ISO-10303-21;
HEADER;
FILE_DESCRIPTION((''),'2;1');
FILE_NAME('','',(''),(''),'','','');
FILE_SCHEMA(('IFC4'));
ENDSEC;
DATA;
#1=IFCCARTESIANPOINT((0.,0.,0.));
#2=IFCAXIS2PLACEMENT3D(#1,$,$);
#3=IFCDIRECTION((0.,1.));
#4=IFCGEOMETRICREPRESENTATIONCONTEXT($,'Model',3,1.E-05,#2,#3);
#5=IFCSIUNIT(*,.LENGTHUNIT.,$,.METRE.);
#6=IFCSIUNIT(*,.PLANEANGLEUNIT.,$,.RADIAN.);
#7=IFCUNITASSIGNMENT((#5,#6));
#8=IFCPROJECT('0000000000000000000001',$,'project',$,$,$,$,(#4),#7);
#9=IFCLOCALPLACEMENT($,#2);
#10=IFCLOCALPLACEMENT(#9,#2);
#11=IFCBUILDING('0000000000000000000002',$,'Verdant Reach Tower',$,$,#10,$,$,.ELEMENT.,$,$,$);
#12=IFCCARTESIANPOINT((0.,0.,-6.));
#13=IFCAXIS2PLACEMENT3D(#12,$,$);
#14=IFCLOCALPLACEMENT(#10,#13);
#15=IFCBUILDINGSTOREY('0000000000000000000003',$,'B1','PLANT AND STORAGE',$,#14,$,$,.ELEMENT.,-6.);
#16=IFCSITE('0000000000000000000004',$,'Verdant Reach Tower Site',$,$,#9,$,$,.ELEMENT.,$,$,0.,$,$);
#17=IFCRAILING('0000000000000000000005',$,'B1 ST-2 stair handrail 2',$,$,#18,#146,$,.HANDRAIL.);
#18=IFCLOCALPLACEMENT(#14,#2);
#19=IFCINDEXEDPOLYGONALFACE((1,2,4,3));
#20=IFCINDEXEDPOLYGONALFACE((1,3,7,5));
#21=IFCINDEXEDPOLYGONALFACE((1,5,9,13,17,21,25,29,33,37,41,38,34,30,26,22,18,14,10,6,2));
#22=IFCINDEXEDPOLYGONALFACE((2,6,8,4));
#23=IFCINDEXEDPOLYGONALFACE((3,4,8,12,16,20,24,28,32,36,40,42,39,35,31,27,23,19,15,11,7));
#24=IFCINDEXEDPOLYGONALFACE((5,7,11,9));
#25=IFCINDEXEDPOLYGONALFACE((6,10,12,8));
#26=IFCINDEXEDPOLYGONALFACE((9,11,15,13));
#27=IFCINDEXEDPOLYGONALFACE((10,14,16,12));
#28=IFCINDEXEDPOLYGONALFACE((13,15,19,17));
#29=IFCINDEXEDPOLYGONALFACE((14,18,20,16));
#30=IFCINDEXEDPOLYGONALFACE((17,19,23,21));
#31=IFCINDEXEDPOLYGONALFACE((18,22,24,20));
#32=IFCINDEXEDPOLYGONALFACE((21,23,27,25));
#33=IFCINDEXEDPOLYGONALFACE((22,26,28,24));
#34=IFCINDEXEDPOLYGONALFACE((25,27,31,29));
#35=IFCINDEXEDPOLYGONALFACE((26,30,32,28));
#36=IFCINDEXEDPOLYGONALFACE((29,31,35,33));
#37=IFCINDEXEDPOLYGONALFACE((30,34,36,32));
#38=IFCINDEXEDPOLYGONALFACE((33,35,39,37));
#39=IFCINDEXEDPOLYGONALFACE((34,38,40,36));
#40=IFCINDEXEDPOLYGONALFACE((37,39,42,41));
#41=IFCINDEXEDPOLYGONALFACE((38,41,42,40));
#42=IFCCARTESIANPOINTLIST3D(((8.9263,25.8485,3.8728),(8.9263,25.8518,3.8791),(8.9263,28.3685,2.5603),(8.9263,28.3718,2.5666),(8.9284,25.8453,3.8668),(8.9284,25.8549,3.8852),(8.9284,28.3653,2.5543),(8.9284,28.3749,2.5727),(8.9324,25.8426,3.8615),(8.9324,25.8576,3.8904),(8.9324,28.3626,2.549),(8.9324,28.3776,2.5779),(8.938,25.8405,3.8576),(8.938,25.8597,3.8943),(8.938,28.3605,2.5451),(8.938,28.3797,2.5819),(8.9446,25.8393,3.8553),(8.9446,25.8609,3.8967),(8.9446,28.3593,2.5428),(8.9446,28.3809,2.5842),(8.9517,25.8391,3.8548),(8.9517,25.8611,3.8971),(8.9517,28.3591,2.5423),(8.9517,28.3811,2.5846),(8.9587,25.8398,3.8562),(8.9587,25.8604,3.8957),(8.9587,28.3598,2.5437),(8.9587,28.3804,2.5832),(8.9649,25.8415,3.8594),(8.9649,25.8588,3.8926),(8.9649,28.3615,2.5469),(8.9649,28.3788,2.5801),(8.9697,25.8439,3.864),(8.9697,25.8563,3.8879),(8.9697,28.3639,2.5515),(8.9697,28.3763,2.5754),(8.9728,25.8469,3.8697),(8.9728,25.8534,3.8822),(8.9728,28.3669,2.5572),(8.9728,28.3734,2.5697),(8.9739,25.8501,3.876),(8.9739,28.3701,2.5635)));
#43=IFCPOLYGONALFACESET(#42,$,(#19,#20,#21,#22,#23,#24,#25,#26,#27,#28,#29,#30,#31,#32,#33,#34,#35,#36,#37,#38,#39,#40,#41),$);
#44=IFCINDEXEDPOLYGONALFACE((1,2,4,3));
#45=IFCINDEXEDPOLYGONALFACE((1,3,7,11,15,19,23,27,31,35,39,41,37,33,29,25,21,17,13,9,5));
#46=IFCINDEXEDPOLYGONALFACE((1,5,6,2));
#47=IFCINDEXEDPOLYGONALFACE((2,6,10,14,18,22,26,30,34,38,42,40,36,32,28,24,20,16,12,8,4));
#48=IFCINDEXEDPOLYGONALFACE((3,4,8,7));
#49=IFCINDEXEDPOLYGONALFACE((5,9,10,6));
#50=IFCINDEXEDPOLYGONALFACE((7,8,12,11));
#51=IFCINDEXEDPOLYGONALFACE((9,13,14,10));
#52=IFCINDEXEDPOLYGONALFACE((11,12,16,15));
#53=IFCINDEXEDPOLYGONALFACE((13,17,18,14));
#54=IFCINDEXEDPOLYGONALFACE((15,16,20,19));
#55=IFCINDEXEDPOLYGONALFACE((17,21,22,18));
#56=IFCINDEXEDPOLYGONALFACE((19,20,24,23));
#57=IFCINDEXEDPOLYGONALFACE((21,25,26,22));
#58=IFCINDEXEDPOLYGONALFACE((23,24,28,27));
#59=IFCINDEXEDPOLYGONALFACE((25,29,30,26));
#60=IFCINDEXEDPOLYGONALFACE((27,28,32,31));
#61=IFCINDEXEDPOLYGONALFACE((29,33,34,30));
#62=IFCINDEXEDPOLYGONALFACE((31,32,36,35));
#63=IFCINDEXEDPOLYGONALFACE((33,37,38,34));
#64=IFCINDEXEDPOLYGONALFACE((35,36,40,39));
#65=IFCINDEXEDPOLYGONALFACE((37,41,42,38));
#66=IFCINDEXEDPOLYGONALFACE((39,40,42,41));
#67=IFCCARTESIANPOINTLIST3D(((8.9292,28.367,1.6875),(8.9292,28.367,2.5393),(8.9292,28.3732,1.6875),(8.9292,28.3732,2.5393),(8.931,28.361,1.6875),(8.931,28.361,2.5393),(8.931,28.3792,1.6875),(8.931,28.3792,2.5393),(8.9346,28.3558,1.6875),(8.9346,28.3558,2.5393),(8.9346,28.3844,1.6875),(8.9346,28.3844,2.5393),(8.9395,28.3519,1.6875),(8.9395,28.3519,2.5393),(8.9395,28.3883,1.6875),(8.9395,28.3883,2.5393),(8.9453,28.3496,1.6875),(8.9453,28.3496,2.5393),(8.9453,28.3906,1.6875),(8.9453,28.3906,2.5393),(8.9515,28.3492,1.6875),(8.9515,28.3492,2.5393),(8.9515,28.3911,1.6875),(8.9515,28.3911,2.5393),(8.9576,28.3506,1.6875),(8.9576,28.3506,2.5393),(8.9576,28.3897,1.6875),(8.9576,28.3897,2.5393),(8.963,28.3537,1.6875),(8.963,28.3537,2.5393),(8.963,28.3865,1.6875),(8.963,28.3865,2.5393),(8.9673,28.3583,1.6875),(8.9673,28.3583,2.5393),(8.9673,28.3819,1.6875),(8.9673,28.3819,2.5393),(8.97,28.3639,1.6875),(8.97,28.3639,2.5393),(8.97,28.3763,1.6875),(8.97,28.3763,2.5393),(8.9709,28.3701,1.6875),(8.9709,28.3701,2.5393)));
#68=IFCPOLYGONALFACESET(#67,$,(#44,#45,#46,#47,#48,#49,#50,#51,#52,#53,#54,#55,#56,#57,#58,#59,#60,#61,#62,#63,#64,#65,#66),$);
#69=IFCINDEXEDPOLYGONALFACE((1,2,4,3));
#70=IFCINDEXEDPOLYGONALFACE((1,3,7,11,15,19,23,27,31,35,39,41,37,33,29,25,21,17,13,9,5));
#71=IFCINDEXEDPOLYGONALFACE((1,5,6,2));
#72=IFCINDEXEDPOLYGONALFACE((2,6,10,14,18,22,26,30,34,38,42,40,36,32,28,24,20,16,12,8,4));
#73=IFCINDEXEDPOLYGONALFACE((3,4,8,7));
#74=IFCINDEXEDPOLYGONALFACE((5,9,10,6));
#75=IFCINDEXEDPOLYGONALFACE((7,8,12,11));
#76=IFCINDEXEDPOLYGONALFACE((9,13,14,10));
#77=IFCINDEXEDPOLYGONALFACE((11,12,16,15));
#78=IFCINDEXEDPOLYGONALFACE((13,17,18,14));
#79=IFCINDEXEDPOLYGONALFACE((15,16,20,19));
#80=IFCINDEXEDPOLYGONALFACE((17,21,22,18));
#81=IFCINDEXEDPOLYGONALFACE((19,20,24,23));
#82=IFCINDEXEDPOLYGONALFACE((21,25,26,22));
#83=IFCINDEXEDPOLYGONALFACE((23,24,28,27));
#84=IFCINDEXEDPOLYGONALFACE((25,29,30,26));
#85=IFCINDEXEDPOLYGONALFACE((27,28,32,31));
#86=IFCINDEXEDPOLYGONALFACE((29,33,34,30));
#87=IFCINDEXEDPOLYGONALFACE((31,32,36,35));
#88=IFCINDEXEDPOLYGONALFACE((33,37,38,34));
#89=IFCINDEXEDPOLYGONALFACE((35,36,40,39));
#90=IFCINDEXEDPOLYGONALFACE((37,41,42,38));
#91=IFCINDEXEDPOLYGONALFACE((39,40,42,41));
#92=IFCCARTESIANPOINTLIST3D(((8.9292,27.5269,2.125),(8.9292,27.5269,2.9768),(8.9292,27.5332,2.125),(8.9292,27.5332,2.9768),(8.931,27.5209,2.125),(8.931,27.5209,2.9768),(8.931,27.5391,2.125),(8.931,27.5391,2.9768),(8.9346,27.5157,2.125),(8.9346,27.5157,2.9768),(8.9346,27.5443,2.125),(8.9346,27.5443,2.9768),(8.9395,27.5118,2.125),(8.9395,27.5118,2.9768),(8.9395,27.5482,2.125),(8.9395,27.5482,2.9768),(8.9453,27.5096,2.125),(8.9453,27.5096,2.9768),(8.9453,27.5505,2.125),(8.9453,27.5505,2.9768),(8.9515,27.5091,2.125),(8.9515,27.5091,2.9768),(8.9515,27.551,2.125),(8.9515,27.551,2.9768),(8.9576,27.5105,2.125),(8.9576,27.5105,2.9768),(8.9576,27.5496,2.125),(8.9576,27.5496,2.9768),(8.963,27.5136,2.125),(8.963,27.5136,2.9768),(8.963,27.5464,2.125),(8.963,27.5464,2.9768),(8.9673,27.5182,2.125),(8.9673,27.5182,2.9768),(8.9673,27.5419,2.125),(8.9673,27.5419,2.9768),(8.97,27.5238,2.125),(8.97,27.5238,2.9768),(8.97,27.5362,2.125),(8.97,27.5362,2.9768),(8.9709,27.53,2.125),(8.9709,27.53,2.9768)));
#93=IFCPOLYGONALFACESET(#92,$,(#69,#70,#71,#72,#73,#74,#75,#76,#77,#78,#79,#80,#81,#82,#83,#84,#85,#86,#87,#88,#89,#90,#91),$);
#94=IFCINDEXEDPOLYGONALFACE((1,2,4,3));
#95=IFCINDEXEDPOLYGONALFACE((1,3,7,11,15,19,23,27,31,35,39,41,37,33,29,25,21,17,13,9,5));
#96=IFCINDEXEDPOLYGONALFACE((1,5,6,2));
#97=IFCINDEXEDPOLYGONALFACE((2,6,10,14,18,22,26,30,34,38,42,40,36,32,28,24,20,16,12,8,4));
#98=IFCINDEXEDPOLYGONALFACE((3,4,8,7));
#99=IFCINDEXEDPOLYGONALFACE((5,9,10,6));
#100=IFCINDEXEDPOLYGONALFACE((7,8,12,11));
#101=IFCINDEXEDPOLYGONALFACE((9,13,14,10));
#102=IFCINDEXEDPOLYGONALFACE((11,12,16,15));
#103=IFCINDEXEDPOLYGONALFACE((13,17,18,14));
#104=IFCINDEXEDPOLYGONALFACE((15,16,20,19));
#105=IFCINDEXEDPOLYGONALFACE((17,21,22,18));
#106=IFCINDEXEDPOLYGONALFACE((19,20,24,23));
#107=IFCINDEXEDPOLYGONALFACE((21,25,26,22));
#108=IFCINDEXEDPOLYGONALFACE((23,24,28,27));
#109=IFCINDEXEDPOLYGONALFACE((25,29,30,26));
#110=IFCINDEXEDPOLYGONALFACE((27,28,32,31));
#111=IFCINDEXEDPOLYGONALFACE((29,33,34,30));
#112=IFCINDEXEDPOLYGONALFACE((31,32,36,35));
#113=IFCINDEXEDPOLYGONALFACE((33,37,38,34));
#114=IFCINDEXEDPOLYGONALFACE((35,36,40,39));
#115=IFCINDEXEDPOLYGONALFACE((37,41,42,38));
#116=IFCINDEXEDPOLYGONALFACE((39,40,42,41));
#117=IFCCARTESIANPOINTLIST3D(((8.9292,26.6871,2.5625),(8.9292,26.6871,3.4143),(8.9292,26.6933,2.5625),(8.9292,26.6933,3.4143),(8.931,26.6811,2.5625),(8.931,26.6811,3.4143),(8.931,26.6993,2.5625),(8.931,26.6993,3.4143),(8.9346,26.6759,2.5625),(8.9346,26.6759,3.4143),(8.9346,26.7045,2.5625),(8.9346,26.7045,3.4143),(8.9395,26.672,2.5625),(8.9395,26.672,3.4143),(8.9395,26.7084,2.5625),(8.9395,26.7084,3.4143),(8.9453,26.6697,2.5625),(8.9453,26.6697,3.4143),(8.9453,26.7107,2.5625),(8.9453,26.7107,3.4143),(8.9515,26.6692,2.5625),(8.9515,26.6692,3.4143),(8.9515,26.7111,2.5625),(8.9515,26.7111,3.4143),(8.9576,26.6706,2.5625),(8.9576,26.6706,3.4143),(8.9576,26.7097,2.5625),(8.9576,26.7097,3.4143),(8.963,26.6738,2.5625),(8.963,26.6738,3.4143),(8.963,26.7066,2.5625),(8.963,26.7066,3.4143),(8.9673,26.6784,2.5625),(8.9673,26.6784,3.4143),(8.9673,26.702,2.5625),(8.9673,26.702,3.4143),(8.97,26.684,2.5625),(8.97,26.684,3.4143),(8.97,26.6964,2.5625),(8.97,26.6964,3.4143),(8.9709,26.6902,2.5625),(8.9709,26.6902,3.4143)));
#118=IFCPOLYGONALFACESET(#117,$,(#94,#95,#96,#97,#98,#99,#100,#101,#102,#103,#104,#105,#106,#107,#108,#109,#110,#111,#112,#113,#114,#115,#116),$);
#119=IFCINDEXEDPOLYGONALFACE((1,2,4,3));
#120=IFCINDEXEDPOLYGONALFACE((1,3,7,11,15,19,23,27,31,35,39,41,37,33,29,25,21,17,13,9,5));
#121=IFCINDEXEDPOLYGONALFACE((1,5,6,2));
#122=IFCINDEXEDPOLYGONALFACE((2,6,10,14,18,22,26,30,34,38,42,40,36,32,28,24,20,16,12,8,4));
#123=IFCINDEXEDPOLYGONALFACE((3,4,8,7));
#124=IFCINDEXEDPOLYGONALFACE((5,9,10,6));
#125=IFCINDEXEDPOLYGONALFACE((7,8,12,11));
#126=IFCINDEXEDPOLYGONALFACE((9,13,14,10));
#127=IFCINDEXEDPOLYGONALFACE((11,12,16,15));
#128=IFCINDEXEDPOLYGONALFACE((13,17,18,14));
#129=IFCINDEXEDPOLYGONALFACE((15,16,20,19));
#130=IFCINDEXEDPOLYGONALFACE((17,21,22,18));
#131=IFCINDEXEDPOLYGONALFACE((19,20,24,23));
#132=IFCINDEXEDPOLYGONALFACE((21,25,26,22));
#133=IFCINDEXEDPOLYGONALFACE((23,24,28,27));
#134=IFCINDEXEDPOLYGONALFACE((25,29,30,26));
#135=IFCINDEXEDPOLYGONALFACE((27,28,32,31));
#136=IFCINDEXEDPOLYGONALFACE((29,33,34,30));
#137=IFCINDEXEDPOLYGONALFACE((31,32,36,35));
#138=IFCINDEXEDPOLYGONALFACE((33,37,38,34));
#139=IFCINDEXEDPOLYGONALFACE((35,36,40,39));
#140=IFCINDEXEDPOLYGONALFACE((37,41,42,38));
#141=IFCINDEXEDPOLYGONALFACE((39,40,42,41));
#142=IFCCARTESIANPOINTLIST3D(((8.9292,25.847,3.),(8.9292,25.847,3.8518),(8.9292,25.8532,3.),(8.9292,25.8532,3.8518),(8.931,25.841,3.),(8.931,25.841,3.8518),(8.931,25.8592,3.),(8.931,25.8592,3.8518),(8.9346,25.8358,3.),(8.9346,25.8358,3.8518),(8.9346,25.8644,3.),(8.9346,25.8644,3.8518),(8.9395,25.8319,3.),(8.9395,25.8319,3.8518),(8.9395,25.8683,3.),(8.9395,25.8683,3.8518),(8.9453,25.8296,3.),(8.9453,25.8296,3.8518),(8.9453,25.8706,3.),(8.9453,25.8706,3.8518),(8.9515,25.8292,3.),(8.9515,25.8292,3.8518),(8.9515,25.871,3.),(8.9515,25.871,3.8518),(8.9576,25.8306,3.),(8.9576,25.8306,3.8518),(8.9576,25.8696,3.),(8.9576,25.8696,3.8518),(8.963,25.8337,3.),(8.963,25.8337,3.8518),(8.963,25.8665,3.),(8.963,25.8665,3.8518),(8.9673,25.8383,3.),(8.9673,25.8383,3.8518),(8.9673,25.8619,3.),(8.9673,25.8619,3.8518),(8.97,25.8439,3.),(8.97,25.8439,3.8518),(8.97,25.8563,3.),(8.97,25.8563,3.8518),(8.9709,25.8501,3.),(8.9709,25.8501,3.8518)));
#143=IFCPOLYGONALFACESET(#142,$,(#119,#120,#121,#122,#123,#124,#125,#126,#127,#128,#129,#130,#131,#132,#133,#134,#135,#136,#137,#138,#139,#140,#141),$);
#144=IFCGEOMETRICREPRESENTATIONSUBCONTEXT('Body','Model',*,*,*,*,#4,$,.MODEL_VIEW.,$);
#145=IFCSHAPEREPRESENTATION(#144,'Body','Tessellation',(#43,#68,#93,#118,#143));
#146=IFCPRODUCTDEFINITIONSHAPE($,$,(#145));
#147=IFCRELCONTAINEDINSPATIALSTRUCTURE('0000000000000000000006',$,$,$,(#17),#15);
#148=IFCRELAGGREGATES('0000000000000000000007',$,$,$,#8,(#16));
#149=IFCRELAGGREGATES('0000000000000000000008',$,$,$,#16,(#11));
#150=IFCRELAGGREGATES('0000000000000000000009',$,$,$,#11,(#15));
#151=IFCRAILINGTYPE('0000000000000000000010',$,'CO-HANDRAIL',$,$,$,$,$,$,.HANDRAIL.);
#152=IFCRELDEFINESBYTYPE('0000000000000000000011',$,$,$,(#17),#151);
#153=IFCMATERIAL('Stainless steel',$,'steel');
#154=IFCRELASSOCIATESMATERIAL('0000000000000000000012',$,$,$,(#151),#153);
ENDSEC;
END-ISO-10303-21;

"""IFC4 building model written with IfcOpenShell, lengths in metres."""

from ifc_helpers import new_model, si_unit, direction, frame, origin, origin_2d, place, context, subcontext, project, spatial, circle, extrude, material, type_object, element, save


model = new_model("IFC4")

# Units and contexts
model_context = context("Model", 3, precision=1e-05, world=origin(), true_north=direction((0.0, 1.0)))
body_context = subcontext(model_context, "Body", "Model", "MODEL_VIEW")
ifc_project = project(units=[si_unit("LENGTHUNIT", "METRE"), si_unit("PLANEANGLEUNIT", "RADIAN")], contexts=[model_context])

# Site, building, storey
site_placement = place(None, origin())
site = spatial("IfcSite", under=ifc_project, at=site_placement, Name="Verdant Reach Tower Site", CompositionType="ELEMENT", RefElevation=0.0)
building_placement = place(site_placement, origin())
building = spatial("IfcBuilding", under=site, at=building_placement, Name="Verdant Reach Tower", CompositionType="ELEMENT")
storey_placement = place(building_placement, frame((0.0, 0.0, -6.0)))
storey = spatial("IfcBuildingStorey", under=building, at=storey_placement, Name="B1", Description="PLANT AND STORAGE", CompositionType="ELEMENT", Elevation=-6.0)

# Railing
ifc_material_1 = material(Name="Stainless steel", Category="steel")
railing_type_1 = type_object("IfcRailingType", Name="CO-HANDRAIL", PredefinedType="HANDRAIL", material=ifc_material_1)
for number, where, name in (
    (1, (8.95, 28.3701, 1.6875), "B1 ST-2 stair handrail 2"),
):
    element("IfcRailing", number, at=place(storey_placement, frame(where)), inside=storey, type_object=railing_type_1, Name=name, PredefinedType="HANDRAIL", context=body_context, shape_type="SweptSolid", body=[
        extrude(circle(Radius=0.0239, at=origin_2d()), frame((0.0, 0.0, 0.876), z_axis=(0.0, -0.886916, 0.461932), x_axis=(1.0, 0.0, 0.0)), (0.0, 0.0, 1.0), 2.8413),
        extrude(circle(Radius=0.021, at=origin_2d()), origin(), (0.0, 0.0, 1.0), 0.8518),
        extrude(circle(Radius=0.021, at=origin_2d()), frame((0.0, -0.8401, 0.4375)), (0.0, 0.0, 1.0), 0.8518),
        extrude(circle(Radius=0.021, at=origin_2d()), frame((0.0, -1.6799, 0.875)), (0.0, 0.0, 1.0), 0.8518),
        extrude(circle(Radius=0.021, at=origin_2d()), frame((0.0, -2.52, 1.3125)), (0.0, 0.0, 1.0), 0.8518),
    ])

save(model, "model.ifc")
